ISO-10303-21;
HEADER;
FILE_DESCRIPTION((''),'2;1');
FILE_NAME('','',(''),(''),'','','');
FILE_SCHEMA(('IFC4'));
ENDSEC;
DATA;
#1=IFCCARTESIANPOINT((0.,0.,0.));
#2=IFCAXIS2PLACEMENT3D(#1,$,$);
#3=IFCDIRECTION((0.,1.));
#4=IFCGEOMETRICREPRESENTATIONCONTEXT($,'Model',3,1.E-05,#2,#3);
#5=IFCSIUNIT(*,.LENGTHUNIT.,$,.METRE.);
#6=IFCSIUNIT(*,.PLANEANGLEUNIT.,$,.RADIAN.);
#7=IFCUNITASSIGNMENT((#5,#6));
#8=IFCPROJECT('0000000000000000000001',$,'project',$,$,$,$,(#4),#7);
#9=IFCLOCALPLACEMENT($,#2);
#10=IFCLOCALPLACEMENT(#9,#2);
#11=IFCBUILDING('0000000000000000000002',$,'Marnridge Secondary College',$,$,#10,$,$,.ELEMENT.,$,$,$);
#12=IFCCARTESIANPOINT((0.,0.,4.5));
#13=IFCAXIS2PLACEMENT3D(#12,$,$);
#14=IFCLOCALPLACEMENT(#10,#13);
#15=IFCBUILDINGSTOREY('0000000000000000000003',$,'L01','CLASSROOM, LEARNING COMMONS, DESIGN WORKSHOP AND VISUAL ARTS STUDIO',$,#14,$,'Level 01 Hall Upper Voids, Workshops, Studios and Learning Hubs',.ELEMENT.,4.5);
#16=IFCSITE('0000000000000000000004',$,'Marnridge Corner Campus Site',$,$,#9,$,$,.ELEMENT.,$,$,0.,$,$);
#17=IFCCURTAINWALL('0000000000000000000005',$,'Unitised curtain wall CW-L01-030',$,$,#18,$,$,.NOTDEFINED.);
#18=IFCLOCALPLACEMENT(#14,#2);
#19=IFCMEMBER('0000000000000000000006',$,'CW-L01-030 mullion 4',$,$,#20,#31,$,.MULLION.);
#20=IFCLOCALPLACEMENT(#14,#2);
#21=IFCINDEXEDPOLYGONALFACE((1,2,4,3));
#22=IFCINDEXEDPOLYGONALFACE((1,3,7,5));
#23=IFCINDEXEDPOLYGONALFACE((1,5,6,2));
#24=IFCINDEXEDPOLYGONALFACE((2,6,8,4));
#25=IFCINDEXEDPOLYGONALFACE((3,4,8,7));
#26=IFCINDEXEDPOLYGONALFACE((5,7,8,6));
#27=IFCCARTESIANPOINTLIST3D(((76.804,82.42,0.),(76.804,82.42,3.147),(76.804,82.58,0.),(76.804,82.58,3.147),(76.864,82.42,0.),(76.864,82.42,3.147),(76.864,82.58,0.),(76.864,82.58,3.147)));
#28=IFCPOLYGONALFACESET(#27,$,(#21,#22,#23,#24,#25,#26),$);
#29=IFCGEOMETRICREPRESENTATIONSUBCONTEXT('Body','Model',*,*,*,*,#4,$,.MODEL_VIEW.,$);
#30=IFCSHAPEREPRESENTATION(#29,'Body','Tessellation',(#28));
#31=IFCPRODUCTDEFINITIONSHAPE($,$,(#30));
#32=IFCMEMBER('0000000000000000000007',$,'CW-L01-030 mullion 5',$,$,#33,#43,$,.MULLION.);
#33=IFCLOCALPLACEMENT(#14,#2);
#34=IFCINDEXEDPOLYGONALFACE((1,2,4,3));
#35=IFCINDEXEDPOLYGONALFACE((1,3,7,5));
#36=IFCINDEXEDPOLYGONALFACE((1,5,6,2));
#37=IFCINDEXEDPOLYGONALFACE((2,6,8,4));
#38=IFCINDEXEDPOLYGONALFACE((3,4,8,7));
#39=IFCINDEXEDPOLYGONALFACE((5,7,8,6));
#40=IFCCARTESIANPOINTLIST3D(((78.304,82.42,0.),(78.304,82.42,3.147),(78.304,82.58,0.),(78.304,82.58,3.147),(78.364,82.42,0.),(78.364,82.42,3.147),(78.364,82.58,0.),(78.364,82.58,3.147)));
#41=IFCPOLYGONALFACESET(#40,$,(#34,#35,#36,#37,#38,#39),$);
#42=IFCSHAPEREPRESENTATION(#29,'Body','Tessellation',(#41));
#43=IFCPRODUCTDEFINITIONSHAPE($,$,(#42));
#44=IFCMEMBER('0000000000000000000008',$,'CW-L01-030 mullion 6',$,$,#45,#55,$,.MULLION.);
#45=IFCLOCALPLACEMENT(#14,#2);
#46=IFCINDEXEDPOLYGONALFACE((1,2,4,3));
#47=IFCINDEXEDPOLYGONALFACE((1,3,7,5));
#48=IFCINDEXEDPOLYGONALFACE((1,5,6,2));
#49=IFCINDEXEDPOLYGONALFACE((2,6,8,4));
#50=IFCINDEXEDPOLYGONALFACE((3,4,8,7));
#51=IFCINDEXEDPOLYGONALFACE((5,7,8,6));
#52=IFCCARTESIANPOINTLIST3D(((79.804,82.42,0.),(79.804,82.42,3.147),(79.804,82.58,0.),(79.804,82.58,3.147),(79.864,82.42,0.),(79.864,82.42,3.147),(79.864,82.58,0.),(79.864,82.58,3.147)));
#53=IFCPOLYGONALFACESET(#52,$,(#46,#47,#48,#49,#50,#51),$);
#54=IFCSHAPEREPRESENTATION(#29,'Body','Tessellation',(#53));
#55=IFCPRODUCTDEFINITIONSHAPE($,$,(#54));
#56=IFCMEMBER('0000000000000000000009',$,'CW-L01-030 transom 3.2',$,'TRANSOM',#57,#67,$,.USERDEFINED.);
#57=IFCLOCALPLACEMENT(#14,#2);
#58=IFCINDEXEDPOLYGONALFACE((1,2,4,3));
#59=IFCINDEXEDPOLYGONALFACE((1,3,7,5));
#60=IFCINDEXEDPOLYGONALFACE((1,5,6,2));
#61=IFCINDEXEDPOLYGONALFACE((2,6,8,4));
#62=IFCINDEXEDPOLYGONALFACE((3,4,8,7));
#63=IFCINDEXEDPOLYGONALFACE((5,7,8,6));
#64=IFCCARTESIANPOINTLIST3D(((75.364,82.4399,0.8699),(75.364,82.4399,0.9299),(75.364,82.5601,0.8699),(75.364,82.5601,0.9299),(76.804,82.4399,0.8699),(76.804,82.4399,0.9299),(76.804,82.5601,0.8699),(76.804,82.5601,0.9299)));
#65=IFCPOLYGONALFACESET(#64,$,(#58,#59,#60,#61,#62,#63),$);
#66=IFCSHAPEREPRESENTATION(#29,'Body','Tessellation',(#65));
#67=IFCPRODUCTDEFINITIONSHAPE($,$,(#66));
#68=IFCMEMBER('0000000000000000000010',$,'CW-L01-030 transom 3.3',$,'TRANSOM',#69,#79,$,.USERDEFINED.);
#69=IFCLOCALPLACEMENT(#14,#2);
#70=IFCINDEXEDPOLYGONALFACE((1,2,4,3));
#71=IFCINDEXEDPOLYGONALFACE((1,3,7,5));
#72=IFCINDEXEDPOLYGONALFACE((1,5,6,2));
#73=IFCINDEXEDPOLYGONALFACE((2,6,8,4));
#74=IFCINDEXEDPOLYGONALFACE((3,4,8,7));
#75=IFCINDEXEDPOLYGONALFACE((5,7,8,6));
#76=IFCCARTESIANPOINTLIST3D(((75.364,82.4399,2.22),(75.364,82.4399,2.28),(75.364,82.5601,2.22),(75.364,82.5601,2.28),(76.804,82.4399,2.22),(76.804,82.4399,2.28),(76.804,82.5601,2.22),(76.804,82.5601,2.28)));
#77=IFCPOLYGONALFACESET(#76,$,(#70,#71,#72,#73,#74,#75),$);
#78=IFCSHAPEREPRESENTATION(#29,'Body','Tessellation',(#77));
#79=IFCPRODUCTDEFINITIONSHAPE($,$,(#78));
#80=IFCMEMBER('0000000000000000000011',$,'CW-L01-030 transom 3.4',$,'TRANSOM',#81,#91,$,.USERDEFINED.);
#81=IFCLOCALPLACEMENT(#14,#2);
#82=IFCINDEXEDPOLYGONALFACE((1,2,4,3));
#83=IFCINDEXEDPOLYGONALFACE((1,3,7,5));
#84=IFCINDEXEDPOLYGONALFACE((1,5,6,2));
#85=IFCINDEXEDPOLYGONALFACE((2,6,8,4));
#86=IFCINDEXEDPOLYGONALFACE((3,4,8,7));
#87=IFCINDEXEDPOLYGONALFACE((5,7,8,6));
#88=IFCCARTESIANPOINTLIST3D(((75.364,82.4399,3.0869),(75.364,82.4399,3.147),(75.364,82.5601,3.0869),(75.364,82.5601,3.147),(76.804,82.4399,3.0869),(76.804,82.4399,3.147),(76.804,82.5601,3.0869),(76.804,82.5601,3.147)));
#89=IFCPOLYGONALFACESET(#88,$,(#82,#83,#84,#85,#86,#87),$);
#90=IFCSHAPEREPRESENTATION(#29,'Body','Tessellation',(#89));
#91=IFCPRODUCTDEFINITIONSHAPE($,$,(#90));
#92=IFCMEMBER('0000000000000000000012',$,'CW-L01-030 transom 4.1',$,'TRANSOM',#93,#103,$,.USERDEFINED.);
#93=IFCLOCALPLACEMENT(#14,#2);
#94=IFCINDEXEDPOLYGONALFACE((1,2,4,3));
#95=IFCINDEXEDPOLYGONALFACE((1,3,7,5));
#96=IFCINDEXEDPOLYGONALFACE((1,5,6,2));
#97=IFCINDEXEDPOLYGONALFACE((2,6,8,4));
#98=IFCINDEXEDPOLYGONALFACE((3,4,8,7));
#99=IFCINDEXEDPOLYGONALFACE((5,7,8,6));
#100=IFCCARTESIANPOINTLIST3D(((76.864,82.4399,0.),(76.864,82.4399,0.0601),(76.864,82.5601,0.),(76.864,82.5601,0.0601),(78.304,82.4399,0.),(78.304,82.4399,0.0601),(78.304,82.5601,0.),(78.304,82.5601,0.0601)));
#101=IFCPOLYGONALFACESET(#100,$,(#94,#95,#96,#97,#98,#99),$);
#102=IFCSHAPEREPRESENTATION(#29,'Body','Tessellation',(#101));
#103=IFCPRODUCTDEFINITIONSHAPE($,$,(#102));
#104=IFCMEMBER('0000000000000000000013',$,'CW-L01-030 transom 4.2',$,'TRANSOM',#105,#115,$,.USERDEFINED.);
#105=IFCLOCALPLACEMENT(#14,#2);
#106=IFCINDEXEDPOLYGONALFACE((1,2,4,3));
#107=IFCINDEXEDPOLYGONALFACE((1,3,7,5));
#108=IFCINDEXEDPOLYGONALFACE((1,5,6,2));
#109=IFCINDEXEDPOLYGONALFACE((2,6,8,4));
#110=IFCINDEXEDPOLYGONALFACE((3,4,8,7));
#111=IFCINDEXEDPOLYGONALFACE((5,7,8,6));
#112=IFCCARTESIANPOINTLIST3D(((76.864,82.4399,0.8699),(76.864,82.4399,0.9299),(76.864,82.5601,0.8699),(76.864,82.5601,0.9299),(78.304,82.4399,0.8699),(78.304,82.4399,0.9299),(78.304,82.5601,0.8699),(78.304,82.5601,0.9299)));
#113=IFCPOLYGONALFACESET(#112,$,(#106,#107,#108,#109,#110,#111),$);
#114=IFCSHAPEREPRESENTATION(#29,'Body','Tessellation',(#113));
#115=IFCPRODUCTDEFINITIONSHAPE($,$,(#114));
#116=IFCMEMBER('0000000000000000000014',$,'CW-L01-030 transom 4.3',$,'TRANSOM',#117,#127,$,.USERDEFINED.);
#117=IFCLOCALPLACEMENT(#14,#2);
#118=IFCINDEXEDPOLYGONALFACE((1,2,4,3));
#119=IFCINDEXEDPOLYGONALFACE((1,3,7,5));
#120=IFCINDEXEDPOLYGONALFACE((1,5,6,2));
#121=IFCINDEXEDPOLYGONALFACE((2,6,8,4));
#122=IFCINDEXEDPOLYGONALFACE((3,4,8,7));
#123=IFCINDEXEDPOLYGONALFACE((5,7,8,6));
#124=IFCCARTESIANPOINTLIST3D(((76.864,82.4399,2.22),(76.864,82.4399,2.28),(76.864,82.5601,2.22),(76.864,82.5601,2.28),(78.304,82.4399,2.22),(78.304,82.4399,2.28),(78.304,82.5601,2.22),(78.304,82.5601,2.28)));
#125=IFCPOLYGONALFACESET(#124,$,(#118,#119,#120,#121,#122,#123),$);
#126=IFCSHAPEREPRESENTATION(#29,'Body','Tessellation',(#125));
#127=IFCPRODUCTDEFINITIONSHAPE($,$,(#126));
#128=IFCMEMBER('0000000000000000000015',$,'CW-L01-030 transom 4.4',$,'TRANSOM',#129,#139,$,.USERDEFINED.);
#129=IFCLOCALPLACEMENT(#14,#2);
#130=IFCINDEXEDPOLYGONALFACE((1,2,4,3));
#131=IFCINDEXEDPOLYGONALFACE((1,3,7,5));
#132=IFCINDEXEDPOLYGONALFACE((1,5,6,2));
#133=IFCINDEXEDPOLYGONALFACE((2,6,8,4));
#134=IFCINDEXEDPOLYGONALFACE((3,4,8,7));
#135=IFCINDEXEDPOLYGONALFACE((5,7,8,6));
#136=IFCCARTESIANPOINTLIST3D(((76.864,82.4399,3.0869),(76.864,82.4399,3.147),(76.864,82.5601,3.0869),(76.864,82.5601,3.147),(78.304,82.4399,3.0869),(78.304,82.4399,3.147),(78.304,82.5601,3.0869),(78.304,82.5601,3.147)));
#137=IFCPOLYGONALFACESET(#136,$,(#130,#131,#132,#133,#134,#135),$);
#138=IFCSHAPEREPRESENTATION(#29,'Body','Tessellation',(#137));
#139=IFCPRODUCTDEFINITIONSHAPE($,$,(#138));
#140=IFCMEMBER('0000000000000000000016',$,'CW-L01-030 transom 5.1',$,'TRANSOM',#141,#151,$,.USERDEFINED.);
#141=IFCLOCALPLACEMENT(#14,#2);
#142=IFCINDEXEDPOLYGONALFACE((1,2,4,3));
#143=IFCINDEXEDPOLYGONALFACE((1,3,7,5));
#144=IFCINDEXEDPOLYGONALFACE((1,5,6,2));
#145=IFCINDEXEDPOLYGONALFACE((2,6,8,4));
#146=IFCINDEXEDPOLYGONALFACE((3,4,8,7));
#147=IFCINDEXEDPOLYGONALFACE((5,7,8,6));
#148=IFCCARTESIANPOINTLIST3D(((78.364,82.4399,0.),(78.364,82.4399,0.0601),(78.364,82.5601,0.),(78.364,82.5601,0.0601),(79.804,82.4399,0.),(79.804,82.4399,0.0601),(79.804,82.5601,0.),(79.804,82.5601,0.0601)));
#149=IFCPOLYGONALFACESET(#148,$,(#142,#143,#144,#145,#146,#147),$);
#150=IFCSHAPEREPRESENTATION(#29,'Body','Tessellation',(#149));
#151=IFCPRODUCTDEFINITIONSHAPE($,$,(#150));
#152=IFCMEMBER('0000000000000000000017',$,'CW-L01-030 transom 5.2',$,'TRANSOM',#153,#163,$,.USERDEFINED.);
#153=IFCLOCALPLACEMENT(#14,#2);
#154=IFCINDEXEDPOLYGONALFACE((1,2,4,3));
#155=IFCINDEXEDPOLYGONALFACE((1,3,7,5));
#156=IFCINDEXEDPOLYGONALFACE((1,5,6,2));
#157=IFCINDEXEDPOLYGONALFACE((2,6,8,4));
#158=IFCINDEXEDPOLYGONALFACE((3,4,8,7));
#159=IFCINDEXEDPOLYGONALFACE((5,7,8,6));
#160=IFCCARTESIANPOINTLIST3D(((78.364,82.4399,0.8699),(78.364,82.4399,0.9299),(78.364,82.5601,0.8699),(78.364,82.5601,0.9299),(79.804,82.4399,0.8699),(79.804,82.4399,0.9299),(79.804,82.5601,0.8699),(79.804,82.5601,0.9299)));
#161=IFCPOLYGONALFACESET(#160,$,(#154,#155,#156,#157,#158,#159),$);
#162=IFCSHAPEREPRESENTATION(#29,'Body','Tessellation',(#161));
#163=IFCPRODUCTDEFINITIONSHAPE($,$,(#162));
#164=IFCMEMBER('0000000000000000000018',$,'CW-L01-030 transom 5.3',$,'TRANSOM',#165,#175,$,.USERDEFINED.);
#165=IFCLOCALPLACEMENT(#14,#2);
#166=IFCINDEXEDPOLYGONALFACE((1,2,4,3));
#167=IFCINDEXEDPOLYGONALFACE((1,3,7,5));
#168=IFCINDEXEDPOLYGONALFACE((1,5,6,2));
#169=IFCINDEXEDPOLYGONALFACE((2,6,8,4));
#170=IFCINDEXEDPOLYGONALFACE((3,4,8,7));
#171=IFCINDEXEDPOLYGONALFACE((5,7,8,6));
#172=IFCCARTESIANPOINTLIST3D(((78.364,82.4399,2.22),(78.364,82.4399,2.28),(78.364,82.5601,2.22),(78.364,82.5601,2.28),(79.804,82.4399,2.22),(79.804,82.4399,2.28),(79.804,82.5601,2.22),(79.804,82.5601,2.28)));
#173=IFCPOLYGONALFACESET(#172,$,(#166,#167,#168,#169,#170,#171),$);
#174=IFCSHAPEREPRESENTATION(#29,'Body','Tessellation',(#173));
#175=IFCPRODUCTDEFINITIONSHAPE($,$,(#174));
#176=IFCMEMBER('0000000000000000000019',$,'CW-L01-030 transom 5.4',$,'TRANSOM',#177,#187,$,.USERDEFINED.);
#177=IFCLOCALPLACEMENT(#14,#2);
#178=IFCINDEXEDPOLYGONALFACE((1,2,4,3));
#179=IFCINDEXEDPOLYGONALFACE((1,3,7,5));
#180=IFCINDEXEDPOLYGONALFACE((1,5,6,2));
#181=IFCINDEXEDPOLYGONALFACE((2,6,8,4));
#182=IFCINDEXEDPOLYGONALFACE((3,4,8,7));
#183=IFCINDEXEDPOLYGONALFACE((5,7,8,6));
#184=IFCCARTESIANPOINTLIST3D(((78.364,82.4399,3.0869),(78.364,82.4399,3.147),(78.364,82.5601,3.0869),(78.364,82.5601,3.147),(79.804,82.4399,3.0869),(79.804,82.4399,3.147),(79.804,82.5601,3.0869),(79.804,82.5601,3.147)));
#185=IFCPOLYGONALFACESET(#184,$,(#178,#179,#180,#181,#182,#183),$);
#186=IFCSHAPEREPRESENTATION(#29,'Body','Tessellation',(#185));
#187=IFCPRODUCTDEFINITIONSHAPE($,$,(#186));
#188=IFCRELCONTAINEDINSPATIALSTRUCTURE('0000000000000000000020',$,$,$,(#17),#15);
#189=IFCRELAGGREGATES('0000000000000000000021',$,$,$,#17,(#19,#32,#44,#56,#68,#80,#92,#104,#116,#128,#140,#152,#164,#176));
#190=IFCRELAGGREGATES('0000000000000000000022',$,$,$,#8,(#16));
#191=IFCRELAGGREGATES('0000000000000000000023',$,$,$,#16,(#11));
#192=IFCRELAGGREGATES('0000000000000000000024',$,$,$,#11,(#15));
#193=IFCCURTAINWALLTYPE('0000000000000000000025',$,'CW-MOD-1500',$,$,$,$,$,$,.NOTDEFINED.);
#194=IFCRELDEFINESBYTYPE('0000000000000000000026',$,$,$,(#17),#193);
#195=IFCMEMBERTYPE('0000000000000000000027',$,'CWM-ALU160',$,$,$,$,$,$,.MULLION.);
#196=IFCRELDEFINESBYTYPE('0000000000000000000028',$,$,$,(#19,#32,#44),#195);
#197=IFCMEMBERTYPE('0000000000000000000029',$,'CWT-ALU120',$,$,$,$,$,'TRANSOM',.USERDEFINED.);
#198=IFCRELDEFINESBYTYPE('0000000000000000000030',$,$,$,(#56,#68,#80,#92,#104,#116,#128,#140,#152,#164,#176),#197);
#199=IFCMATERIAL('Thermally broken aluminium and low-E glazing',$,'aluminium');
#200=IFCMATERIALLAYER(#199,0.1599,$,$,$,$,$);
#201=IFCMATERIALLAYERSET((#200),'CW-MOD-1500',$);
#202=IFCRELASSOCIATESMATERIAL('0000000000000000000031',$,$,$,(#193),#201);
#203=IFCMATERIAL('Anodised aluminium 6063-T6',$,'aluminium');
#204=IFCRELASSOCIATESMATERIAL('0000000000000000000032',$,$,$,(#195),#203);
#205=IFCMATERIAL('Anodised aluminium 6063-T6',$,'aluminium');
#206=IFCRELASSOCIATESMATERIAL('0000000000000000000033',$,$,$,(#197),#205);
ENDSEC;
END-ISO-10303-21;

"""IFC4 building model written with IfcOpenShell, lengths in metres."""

from ifc_helpers import new_model, si_unit, direction, frame, origin, origin_2d, place, context, subcontext, project, spatial, rectangle, extrude, material, layer, layer_set, material_profile, profile_set, type_object, element, aggregate, save


model = new_model("IFC4")

# Units and contexts
model_context = context("Model", 3, precision=1e-05, world=origin(), true_north=direction((0.0, 1.0)))
body_context = subcontext(model_context, "Body", "Model", "MODEL_VIEW")
ifc_project = project(units=[si_unit("LENGTHUNIT", "METRE"), si_unit("PLANEANGLEUNIT", "RADIAN")], contexts=[model_context])

# Site, building, storey
site_placement = place(None, origin())
site = spatial("IfcSite", under=ifc_project, at=site_placement, Name="Marnridge Corner Campus Site", CompositionType="ELEMENT", RefElevation=0.0)
building_placement = place(site_placement, origin())
building = spatial("IfcBuilding", under=site, at=building_placement, Name="Marnridge Secondary College", CompositionType="ELEMENT")
storey_placement = place(building_placement, frame((0.0, 0.0, 4.5)))
storey = spatial("IfcBuildingStorey", under=building, at=storey_placement, Name="L01", Description="CLASSROOM, LEARNING COMMONS, DESIGN WORKSHOP AND VISUAL ARTS STUDIO", LongName="Level 01 Hall Upper Voids, Workshops, Studios and Learning Hubs", CompositionType="ELEMENT", Elevation=4.5)

# Curtain wall, members
ifc_material_1 = material(Name="Thermally broken aluminium and low-E glazing", Category="aluminium")
ifc_layer_1 = layer(ifc_material_1, 0.1599)
ifc_layer_set_1 = layer_set([ifc_layer_1], Name="CW-MOD-1500")
curtain_wall_type = type_object("IfcCurtainWallType", Name="CW-MOD-1500", PredefinedType="NOTDEFINED", material=ifc_layer_set_1)
curtain_wall_placement = place(storey_placement, origin())
curtain_wall = element("IfcCurtainWall", 1, at=curtain_wall_placement, inside=storey, type_object=curtain_wall_type, Name="Unitised curtain wall CW-L01-030", PredefinedType="NOTDEFINED")
ifc_material_2 = material(Name="Anodised aluminium 6063-T6", Category="aluminium")
ifc_material_profile_1 = material_profile(ifc_material_2, rectangle(XDim=0.0601, YDim=0.1599, at=origin_2d()), Name="ALU 60x160")
ifc_profile_set_1 = profile_set([ifc_material_profile_1], Name="Anodised aluminium 6063-T6")
member_type_1 = type_object("IfcMemberType", Name="CWM-ALU160", PredefinedType="MULLION", material=ifc_profile_set_1)
member_1_placement = place(storey_placement, frame((76.834, 82.5, 0.0), z_axis=(0.0, 0.0, 1.0), x_axis=(1.0, 0.0, 0.0)))
member_1 = element("IfcMember", 2, at=member_1_placement, type_object=member_type_1, Name="CW-L01-030 mullion 4", PredefinedType="MULLION", context=body_context, shape_type="SweptSolid", body=[
    extrude(rectangle(XDim=0.0601, YDim=0.1599, at=origin_2d()), origin(), (0.0, 0.0, 1.0), 3.147),
])
member_2_placement = place(storey_placement, frame((78.334, 82.5, 0.0), z_axis=(0.0, 0.0, 1.0), x_axis=(1.0, 0.0, 0.0)))
member_2 = element("IfcMember", 3, at=member_2_placement, type_object=member_type_1, Name="CW-L01-030 mullion 5", PredefinedType="MULLION", context=body_context, shape_type="SweptSolid", body=[
    extrude(rectangle(XDim=0.0601, YDim=0.1599, at=origin_2d()), origin(), (0.0, 0.0, 1.0), 3.147),
])
member_3_placement = place(storey_placement, frame((79.834, 82.5, 0.0), z_axis=(0.0, 0.0, 1.0), x_axis=(1.0, 0.0, 0.0)))
member_3 = element("IfcMember", 4, at=member_3_placement, type_object=member_type_1, Name="CW-L01-030 mullion 6", PredefinedType="MULLION", context=body_context, shape_type="SweptSolid", body=[
    extrude(rectangle(XDim=0.0601, YDim=0.1599, at=origin_2d()), origin(), (0.0, 0.0, 1.0), 3.147),
])
ifc_material_3 = material(Name="Anodised aluminium 6063-T6", Category="aluminium")
ifc_material_profile_2 = material_profile(ifc_material_3, rectangle(XDim=0.0601, YDim=0.1201, at=origin_2d()), Name="ALU 60x120")
ifc_profile_set_2 = profile_set([ifc_material_profile_2], Name="Anodised aluminium 6063-T6")
member_type_2 = type_object("IfcMemberType", Name="CWT-ALU120", ElementType="TRANSOM", PredefinedType="USERDEFINED", material=ifc_profile_set_2)
member_4_placement = place(storey_placement, frame((75.364, 82.5, 0.8999), z_axis=(1.0, 0.0, 0.0), x_axis=(0.0, 0.0, 1.0)))
member_4 = element("IfcMember", 5, at=member_4_placement, type_object=member_type_2, Name="CW-L01-030 transom 3.2", ObjectType="TRANSOM", PredefinedType="USERDEFINED", context=body_context, shape_type="SweptSolid", body=[
    extrude(rectangle(XDim=0.0601, YDim=0.1201, at=origin_2d()), origin(), (0.0, 0.0, 1.0), 1.4399),
])
member_5_placement = place(storey_placement, frame((75.364, 82.5, 2.25), z_axis=(1.0, 0.0, 0.0), x_axis=(0.0, 0.0, 1.0)))
member_5 = element("IfcMember", 6, at=member_5_placement, type_object=member_type_2, Name="CW-L01-030 transom 3.3", ObjectType="TRANSOM", PredefinedType="USERDEFINED", context=body_context, shape_type="SweptSolid", body=[
    extrude(rectangle(XDim=0.0601, YDim=0.1201, at=origin_2d()), origin(), (0.0, 0.0, 1.0), 1.4399),
])
member_6_placement = place(storey_placement, frame((75.364, 82.5, 3.1169), z_axis=(1.0, 0.0, 0.0), x_axis=(0.0, 0.0, 1.0)))
member_6 = element("IfcMember", 7, at=member_6_placement, type_object=member_type_2, Name="CW-L01-030 transom 3.4", ObjectType="TRANSOM", PredefinedType="USERDEFINED", context=body_context, shape_type="SweptSolid", body=[
    extrude(rectangle(XDim=0.0601, YDim=0.1201, at=origin_2d()), origin(), (0.0, 0.0, 1.0), 1.4399),
])
member_7_placement = place(storey_placement, frame((76.864, 82.5, 0.03), z_axis=(1.0, 0.0, 0.0), x_axis=(0.0, 0.0, 1.0)))
member_7 = element("IfcMember", 8, at=member_7_placement, type_object=member_type_2, Name="CW-L01-030 transom 4.1", ObjectType="TRANSOM", PredefinedType="USERDEFINED", context=body_context, shape_type="SweptSolid", body=[
    extrude(rectangle(XDim=0.0601, YDim=0.1201, at=origin_2d()), origin(), (0.0, 0.0, 1.0), 1.4399),
])
member_8_placement = place(storey_placement, frame((76.864, 82.5, 0.8999), z_axis=(1.0, 0.0, 0.0), x_axis=(0.0, 0.0, 1.0)))
member_8 = element("IfcMember", 9, at=member_8_placement, type_object=member_type_2, Name="CW-L01-030 transom 4.2", ObjectType="TRANSOM", PredefinedType="USERDEFINED", context=body_context, shape_type="SweptSolid", body=[
    extrude(rectangle(XDim=0.0601, YDim=0.1201, at=origin_2d()), origin(), (0.0, 0.0, 1.0), 1.4399),
])
member_9_placement = place(storey_placement, frame((76.864, 82.5, 2.25), z_axis=(1.0, 0.0, 0.0), x_axis=(0.0, 0.0, 1.0)))
member_9 = element("IfcMember", 10, at=member_9_placement, type_object=member_type_2, Name="CW-L01-030 transom 4.3", ObjectType="TRANSOM", PredefinedType="USERDEFINED", context=body_context, shape_type="SweptSolid", body=[
    extrude(rectangle(XDim=0.0601, YDim=0.1201, at=origin_2d()), origin(), (0.0, 0.0, 1.0), 1.4399),
])
member_10_placement = place(storey_placement, frame((76.864, 82.5, 3.1169), z_axis=(1.0, 0.0, 0.0), x_axis=(0.0, 0.0, 1.0)))
member_10 = element("IfcMember", 11, at=member_10_placement, type_object=member_type_2, Name="CW-L01-030 transom 4.4", ObjectType="TRANSOM", PredefinedType="USERDEFINED", context=body_context, shape_type="SweptSolid", body=[
    extrude(rectangle(XDim=0.0601, YDim=0.1201, at=origin_2d()), origin(), (0.0, 0.0, 1.0), 1.4399),
])
member_11_placement = place(storey_placement, frame((78.364, 82.5, 0.03), z_axis=(1.0, 0.0, 0.0), x_axis=(0.0, 0.0, 1.0)))
member_11 = element("IfcMember", 12, at=member_11_placement, type_object=member_type_2, Name="CW-L01-030 transom 5.1", ObjectType="TRANSOM", PredefinedType="USERDEFINED", context=body_context, shape_type="SweptSolid", body=[
    extrude(rectangle(XDim=0.0601, YDim=0.1201, at=origin_2d()), origin(), (0.0, 0.0, 1.0), 1.4399),
])
member_12_placement = place(storey_placement, frame((78.364, 82.5, 0.8999), z_axis=(1.0, 0.0, 0.0), x_axis=(0.0, 0.0, 1.0)))
member_12 = element("IfcMember", 13, at=member_12_placement, type_object=member_type_2, Name="CW-L01-030 transom 5.2", ObjectType="TRANSOM", PredefinedType="USERDEFINED", context=body_context, shape_type="SweptSolid", body=[
    extrude(rectangle(XDim=0.0601, YDim=0.1201, at=origin_2d()), origin(), (0.0, 0.0, 1.0), 1.4399),
])
member_13_placement = place(storey_placement, frame((78.364, 82.5, 2.25), z_axis=(1.0, 0.0, 0.0), x_axis=(0.0, 0.0, 1.0)))
member_13 = element("IfcMember", 14, at=member_13_placement, type_object=member_type_2, Name="CW-L01-030 transom 5.3", ObjectType="TRANSOM", PredefinedType="USERDEFINED", context=body_context, shape_type="SweptSolid", body=[
    extrude(rectangle(XDim=0.0601, YDim=0.1201, at=origin_2d()), origin(), (0.0, 0.0, 1.0), 1.4399),
])
member_14_placement = place(storey_placement, frame((78.364, 82.5, 3.1169), z_axis=(1.0, 0.0, 0.0), x_axis=(0.0, 0.0, 1.0)))
member_14 = element("IfcMember", 15, at=member_14_placement, type_object=member_type_2, Name="CW-L01-030 transom 5.4", ObjectType="TRANSOM", PredefinedType="USERDEFINED", context=body_context, shape_type="SweptSolid", body=[
    extrude(rectangle(XDim=0.0601, YDim=0.1201, at=origin_2d()), origin(), (0.0, 0.0, 1.0), 1.4399),
])
aggregate(curtain_wall, [member_1, member_2, member_3, member_4, member_5, member_6, member_7, member_8, member_9, member_10, member_11, member_12, member_13, member_14])

save(model, "model.ifc")
